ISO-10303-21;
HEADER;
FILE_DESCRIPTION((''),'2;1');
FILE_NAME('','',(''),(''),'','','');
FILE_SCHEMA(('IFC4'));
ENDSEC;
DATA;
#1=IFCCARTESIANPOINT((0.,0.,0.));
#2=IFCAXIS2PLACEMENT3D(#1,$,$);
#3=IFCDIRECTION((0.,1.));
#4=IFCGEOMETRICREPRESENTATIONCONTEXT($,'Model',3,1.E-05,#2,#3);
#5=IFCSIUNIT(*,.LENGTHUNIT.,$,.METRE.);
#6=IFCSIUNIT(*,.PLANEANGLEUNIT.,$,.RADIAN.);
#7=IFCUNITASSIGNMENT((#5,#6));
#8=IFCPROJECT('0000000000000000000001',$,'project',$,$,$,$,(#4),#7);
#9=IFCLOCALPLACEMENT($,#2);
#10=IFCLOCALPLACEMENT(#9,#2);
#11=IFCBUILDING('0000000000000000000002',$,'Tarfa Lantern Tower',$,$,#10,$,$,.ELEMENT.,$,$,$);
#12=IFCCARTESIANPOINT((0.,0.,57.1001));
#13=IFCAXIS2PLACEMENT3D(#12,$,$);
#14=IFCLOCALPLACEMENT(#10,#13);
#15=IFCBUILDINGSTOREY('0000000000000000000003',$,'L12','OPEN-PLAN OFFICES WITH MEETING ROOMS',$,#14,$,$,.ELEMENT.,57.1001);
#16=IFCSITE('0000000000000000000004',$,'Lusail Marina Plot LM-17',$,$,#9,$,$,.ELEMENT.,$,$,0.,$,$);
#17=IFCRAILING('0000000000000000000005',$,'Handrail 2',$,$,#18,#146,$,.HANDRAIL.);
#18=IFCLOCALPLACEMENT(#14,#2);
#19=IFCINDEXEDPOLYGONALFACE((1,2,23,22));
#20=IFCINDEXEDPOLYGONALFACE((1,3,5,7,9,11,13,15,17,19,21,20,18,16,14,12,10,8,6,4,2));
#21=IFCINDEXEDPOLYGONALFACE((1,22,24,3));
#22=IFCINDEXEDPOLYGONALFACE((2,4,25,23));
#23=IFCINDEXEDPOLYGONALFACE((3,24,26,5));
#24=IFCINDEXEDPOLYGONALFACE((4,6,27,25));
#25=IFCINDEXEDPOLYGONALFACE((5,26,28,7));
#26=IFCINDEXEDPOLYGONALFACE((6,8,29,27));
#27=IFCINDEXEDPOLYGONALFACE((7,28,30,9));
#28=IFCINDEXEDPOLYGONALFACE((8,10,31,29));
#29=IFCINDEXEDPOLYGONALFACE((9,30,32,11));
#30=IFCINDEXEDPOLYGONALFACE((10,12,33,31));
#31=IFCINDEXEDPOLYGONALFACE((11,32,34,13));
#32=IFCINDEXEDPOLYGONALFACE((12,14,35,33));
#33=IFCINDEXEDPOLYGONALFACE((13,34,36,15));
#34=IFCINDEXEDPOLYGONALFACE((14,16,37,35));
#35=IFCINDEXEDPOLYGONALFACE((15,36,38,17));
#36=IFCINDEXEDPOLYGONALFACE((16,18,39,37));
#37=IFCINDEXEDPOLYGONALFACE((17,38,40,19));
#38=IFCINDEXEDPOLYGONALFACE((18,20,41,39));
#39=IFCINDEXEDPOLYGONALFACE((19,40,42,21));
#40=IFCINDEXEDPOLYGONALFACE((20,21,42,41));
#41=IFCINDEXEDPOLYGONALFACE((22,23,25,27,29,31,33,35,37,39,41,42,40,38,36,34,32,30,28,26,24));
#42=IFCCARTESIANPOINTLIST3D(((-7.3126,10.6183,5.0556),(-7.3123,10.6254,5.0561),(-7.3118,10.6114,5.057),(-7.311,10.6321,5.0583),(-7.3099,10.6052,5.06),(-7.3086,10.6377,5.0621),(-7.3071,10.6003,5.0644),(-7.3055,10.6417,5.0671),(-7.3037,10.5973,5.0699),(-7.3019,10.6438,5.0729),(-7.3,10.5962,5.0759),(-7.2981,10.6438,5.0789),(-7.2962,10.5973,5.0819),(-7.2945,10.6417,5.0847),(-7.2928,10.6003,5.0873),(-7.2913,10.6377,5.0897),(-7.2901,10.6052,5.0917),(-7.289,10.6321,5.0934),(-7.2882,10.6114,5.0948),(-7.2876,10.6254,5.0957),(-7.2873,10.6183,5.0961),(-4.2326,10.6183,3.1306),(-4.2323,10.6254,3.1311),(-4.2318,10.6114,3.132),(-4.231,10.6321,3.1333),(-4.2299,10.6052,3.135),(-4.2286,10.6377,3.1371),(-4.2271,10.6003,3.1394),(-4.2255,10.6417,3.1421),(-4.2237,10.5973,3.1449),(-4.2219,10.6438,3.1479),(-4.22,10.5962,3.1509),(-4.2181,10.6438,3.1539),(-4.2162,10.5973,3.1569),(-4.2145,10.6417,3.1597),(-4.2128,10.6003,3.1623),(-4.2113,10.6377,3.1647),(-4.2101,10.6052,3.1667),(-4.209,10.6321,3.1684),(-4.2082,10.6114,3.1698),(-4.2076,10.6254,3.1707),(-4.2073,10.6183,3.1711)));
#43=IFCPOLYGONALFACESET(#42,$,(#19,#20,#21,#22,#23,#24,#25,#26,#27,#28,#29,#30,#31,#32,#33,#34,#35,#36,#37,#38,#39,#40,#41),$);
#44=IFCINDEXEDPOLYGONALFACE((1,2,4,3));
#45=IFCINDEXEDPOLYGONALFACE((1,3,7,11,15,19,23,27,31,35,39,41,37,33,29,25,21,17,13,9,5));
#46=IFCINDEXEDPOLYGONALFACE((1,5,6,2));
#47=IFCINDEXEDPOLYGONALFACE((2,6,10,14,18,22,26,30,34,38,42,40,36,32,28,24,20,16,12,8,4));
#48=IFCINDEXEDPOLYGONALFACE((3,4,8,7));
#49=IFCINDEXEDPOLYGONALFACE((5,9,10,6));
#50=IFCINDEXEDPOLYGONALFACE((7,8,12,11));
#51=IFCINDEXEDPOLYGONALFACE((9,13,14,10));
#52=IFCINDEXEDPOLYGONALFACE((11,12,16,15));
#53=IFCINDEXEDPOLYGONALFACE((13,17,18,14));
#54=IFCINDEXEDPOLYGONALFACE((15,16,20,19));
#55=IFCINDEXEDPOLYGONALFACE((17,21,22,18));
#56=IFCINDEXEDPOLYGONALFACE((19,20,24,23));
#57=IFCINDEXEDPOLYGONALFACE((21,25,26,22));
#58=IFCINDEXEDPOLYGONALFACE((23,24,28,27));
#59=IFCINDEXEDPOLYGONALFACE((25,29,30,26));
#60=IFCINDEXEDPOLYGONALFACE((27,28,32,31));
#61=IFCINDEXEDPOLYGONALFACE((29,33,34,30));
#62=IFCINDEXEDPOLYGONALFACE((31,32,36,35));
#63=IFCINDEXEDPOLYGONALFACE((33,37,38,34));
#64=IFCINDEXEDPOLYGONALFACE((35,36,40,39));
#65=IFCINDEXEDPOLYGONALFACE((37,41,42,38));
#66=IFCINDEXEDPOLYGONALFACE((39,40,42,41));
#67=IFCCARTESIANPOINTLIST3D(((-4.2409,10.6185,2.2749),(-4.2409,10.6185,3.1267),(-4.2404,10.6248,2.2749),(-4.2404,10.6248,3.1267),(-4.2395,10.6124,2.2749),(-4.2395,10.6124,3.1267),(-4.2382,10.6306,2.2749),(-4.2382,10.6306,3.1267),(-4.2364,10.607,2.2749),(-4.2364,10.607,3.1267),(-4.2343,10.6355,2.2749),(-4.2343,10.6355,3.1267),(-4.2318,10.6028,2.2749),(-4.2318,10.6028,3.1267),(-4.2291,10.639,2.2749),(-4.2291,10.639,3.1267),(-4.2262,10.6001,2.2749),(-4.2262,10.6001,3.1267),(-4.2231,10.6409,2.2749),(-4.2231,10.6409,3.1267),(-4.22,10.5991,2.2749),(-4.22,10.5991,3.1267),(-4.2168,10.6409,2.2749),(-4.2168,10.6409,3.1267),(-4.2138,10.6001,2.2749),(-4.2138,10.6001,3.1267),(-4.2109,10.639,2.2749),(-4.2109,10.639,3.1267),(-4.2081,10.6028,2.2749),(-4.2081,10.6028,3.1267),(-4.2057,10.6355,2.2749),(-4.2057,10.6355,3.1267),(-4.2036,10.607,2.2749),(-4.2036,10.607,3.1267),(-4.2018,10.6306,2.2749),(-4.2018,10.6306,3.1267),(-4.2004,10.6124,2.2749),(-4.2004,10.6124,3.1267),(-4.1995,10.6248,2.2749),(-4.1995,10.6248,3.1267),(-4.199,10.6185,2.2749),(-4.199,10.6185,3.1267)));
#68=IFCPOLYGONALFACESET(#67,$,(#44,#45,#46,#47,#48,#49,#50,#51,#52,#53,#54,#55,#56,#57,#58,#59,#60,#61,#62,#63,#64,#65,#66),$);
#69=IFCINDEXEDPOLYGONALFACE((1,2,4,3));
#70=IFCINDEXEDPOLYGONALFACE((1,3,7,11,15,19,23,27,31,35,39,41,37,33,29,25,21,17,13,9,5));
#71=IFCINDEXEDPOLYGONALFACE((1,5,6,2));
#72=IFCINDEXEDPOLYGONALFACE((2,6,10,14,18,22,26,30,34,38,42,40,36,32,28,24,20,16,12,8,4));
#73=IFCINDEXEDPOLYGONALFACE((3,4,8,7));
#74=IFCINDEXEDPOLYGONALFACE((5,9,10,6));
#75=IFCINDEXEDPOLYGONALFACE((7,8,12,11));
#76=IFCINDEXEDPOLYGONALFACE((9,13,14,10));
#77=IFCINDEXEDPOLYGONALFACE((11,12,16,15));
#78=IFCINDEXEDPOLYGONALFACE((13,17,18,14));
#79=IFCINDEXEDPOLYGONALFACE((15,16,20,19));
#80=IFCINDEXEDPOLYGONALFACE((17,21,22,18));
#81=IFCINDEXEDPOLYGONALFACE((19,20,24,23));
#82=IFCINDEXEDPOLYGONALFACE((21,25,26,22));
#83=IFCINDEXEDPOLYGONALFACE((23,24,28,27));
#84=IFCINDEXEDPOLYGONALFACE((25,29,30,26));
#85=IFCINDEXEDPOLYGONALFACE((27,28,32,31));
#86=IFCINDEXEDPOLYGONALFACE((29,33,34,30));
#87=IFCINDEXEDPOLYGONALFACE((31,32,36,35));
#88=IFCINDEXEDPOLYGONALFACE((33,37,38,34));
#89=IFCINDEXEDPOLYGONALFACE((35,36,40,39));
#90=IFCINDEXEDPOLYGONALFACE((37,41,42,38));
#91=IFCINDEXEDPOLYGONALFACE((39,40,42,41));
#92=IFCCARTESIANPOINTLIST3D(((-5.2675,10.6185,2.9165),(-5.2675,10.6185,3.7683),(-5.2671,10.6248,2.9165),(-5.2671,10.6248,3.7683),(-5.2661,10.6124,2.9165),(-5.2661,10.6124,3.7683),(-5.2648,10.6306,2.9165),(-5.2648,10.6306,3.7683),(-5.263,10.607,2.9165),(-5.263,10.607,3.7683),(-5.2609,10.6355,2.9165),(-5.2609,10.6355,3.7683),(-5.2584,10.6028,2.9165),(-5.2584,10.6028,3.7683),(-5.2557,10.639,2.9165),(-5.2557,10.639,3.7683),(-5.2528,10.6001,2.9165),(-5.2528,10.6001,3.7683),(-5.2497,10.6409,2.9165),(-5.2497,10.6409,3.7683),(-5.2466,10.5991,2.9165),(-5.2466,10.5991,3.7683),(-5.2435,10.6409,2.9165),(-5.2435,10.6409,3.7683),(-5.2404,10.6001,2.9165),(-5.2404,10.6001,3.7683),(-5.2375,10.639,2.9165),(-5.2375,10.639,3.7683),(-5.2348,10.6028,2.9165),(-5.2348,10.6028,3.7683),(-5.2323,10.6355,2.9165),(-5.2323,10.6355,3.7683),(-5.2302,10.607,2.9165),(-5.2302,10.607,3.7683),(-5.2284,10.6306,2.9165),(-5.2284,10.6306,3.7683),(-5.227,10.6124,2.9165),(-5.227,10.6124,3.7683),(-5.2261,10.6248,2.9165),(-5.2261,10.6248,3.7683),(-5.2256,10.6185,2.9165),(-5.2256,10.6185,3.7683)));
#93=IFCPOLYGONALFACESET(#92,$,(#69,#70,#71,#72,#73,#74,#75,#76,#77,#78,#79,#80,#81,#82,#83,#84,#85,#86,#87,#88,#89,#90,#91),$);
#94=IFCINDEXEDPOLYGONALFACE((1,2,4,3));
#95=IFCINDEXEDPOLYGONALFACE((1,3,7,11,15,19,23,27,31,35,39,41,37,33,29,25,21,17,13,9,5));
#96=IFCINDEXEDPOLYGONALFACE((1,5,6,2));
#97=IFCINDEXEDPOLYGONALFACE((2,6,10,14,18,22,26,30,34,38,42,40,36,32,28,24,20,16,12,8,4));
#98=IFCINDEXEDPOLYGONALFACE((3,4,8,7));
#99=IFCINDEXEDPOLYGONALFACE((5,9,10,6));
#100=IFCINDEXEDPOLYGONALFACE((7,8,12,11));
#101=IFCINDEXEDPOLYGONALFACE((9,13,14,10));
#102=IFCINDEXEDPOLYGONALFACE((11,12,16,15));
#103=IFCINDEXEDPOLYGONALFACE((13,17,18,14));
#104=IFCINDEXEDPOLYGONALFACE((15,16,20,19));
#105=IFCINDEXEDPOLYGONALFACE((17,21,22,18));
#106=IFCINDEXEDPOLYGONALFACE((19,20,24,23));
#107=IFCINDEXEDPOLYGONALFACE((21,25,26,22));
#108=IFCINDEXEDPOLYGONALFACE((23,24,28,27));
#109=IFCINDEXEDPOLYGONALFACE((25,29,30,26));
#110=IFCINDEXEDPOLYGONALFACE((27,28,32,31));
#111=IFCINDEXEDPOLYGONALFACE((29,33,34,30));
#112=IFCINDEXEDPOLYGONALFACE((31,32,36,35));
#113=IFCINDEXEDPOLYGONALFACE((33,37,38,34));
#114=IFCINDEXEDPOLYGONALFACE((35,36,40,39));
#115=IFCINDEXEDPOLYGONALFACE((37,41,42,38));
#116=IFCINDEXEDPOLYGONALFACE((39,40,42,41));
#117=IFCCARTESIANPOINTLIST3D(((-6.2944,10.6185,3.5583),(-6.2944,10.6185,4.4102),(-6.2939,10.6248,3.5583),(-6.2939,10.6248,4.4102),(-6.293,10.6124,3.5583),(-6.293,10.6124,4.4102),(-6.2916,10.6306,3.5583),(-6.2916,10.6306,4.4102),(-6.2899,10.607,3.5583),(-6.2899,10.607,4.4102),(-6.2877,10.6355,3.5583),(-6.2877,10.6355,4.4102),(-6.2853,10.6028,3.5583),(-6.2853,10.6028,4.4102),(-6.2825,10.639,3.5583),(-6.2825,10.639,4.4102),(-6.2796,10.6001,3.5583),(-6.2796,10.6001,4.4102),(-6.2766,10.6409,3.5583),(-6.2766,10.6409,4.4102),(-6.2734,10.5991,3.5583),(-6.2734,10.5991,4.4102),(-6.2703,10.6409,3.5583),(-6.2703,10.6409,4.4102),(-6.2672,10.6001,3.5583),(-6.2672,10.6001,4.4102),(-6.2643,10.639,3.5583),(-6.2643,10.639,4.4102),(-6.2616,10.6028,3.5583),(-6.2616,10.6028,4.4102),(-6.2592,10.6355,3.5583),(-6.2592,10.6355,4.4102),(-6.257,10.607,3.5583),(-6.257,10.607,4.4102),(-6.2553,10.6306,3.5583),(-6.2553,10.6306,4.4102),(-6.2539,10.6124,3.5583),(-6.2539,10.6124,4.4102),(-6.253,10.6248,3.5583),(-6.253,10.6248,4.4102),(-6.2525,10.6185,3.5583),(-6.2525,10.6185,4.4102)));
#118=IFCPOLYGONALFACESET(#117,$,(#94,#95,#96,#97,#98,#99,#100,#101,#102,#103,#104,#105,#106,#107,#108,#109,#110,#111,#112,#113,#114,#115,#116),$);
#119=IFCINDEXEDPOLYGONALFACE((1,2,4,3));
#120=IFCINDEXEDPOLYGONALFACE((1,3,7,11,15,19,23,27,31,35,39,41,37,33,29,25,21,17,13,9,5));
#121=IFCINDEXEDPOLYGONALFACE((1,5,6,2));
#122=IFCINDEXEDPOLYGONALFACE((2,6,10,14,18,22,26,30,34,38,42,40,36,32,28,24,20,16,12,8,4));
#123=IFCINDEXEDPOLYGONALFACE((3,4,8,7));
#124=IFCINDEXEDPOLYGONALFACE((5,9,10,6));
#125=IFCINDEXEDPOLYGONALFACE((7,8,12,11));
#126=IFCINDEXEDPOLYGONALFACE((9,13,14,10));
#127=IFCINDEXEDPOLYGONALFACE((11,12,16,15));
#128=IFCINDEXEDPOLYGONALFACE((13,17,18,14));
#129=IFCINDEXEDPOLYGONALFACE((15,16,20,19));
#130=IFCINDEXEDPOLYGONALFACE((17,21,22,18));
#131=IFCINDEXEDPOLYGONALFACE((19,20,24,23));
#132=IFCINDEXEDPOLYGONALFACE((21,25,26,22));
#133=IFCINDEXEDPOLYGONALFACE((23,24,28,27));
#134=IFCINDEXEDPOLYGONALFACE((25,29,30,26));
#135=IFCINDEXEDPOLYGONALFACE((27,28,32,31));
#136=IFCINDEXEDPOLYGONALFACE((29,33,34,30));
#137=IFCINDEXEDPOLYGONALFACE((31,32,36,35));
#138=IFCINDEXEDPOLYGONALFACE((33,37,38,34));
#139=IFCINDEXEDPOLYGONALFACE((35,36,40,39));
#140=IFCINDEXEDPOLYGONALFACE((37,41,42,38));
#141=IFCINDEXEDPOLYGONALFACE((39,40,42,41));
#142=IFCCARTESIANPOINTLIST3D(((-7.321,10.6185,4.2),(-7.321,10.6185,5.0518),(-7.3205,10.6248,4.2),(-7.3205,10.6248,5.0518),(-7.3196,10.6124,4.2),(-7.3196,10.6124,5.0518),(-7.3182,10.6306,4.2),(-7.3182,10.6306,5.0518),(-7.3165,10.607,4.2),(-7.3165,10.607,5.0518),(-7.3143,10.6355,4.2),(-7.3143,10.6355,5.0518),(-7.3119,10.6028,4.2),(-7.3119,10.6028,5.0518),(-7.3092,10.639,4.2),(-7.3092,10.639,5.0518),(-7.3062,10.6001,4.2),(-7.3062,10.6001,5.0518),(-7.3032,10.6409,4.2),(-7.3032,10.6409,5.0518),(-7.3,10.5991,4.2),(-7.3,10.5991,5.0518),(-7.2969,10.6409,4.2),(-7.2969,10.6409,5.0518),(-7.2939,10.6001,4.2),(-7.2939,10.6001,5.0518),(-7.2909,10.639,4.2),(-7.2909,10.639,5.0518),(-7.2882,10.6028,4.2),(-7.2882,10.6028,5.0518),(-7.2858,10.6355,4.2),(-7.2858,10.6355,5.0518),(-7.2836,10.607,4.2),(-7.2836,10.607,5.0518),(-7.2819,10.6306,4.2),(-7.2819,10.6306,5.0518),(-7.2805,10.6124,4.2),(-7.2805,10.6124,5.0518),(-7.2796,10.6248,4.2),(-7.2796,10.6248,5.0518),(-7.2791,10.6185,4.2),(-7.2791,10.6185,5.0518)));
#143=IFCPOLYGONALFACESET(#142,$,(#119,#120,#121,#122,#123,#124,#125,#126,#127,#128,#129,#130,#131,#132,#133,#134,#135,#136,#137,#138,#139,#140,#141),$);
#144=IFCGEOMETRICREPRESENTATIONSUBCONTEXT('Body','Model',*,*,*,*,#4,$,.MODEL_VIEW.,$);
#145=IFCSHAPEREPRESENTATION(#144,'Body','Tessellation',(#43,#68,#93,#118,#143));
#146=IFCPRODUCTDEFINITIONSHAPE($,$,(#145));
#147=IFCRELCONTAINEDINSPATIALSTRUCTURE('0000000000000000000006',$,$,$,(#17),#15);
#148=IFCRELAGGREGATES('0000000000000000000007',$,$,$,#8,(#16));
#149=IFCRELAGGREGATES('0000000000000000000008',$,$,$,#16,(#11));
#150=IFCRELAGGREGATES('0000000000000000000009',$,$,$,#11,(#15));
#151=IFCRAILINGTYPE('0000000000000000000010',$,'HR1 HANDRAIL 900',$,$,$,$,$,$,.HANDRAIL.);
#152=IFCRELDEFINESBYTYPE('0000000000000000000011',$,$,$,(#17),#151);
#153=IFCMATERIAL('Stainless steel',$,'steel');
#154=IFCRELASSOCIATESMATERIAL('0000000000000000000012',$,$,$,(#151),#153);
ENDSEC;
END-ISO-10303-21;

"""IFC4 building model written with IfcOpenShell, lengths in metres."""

from ifc_helpers import new_model, si_unit, direction, frame, origin, origin_2d, place, context, subcontext, project, spatial, circle, extrude, material, type_object, element, save


model = new_model("IFC4")

# Units and contexts
model_context = context("Model", 3, precision=1e-05, world=origin(), true_north=direction((0.0, 1.0)))
body_context = subcontext(model_context, "Body", "Model", "MODEL_VIEW")
ifc_project = project(units=[si_unit("LENGTHUNIT", "METRE"), si_unit("PLANEANGLEUNIT", "RADIAN")], contexts=[model_context])

# Site, building, storey
site_placement = place(None, origin())
site = spatial("IfcSite", under=ifc_project, at=site_placement, Name="Lusail Marina Plot LM-17", CompositionType="ELEMENT", RefElevation=0.0)
building_placement = place(site_placement, origin())
building = spatial("IfcBuilding", under=site, at=building_placement, Name="Tarfa Lantern Tower", CompositionType="ELEMENT")
storey_placement = place(building_placement, frame((0.0, 0.0, 57.1001)))
storey = spatial("IfcBuildingStorey", under=building, at=storey_placement, Name="L12", Description="OPEN-PLAN OFFICES WITH MEETING ROOMS", CompositionType="ELEMENT", Elevation=57.1001)

# Railing
ifc_material_1 = material(Name="Stainless steel", Category="steel")
railing_type = type_object("IfcRailingType", Name="HR1 HANDRAIL 900", PredefinedType="HANDRAIL", material=ifc_material_1)
railing_1_placement = place(storey_placement, frame((-4.22, 10.6201, 2.2749)))
element("IfcRailing", 1, at=railing_1_placement, inside=storey, type_object=railing_type, Name="Handrail 2", PredefinedType="HANDRAIL", context=body_context, shape_type="SweptSolid", body=[
    extrude(circle(Radius=0.0239, at=origin_2d()), frame((0.0, 0.0, 0.876), z_axis=(-0.847998, 0.0, 0.529999), x_axis=(0.0, -1.0, 0.0)), (0.0, 0.0, 1.0), 3.6321),
    extrude(circle(Radius=0.021, at=origin_2d()), frame((0.0, 0.0, 0.0), z_axis=(0.0, 0.0, 1.0), x_axis=(0.0, -1.0, 0.0)), (0.0, 0.0, 1.0), 0.8518),
    extrude(circle(Radius=0.021, at=origin_2d()), frame((-1.0266, 0.0, 0.6416), z_axis=(0.0, 0.0, 1.0), x_axis=(0.0, -1.0, 0.0)), (0.0, 0.0, 1.0), 0.8518),
    extrude(circle(Radius=0.021, at=origin_2d()), frame((-2.0535, 0.0, 1.2834), z_axis=(0.0, 0.0, 1.0), x_axis=(0.0, -1.0, 0.0)), (0.0, 0.0, 1.0), 0.8518),
    extrude(circle(Radius=0.021, at=origin_2d()), frame((-3.0801, 0.0, 1.925), z_axis=(0.0, 0.0, 1.0), x_axis=(0.0, -1.0, 0.0)), (0.0, 0.0, 1.0), 0.8518),
])

save(model, "model.ifc")
